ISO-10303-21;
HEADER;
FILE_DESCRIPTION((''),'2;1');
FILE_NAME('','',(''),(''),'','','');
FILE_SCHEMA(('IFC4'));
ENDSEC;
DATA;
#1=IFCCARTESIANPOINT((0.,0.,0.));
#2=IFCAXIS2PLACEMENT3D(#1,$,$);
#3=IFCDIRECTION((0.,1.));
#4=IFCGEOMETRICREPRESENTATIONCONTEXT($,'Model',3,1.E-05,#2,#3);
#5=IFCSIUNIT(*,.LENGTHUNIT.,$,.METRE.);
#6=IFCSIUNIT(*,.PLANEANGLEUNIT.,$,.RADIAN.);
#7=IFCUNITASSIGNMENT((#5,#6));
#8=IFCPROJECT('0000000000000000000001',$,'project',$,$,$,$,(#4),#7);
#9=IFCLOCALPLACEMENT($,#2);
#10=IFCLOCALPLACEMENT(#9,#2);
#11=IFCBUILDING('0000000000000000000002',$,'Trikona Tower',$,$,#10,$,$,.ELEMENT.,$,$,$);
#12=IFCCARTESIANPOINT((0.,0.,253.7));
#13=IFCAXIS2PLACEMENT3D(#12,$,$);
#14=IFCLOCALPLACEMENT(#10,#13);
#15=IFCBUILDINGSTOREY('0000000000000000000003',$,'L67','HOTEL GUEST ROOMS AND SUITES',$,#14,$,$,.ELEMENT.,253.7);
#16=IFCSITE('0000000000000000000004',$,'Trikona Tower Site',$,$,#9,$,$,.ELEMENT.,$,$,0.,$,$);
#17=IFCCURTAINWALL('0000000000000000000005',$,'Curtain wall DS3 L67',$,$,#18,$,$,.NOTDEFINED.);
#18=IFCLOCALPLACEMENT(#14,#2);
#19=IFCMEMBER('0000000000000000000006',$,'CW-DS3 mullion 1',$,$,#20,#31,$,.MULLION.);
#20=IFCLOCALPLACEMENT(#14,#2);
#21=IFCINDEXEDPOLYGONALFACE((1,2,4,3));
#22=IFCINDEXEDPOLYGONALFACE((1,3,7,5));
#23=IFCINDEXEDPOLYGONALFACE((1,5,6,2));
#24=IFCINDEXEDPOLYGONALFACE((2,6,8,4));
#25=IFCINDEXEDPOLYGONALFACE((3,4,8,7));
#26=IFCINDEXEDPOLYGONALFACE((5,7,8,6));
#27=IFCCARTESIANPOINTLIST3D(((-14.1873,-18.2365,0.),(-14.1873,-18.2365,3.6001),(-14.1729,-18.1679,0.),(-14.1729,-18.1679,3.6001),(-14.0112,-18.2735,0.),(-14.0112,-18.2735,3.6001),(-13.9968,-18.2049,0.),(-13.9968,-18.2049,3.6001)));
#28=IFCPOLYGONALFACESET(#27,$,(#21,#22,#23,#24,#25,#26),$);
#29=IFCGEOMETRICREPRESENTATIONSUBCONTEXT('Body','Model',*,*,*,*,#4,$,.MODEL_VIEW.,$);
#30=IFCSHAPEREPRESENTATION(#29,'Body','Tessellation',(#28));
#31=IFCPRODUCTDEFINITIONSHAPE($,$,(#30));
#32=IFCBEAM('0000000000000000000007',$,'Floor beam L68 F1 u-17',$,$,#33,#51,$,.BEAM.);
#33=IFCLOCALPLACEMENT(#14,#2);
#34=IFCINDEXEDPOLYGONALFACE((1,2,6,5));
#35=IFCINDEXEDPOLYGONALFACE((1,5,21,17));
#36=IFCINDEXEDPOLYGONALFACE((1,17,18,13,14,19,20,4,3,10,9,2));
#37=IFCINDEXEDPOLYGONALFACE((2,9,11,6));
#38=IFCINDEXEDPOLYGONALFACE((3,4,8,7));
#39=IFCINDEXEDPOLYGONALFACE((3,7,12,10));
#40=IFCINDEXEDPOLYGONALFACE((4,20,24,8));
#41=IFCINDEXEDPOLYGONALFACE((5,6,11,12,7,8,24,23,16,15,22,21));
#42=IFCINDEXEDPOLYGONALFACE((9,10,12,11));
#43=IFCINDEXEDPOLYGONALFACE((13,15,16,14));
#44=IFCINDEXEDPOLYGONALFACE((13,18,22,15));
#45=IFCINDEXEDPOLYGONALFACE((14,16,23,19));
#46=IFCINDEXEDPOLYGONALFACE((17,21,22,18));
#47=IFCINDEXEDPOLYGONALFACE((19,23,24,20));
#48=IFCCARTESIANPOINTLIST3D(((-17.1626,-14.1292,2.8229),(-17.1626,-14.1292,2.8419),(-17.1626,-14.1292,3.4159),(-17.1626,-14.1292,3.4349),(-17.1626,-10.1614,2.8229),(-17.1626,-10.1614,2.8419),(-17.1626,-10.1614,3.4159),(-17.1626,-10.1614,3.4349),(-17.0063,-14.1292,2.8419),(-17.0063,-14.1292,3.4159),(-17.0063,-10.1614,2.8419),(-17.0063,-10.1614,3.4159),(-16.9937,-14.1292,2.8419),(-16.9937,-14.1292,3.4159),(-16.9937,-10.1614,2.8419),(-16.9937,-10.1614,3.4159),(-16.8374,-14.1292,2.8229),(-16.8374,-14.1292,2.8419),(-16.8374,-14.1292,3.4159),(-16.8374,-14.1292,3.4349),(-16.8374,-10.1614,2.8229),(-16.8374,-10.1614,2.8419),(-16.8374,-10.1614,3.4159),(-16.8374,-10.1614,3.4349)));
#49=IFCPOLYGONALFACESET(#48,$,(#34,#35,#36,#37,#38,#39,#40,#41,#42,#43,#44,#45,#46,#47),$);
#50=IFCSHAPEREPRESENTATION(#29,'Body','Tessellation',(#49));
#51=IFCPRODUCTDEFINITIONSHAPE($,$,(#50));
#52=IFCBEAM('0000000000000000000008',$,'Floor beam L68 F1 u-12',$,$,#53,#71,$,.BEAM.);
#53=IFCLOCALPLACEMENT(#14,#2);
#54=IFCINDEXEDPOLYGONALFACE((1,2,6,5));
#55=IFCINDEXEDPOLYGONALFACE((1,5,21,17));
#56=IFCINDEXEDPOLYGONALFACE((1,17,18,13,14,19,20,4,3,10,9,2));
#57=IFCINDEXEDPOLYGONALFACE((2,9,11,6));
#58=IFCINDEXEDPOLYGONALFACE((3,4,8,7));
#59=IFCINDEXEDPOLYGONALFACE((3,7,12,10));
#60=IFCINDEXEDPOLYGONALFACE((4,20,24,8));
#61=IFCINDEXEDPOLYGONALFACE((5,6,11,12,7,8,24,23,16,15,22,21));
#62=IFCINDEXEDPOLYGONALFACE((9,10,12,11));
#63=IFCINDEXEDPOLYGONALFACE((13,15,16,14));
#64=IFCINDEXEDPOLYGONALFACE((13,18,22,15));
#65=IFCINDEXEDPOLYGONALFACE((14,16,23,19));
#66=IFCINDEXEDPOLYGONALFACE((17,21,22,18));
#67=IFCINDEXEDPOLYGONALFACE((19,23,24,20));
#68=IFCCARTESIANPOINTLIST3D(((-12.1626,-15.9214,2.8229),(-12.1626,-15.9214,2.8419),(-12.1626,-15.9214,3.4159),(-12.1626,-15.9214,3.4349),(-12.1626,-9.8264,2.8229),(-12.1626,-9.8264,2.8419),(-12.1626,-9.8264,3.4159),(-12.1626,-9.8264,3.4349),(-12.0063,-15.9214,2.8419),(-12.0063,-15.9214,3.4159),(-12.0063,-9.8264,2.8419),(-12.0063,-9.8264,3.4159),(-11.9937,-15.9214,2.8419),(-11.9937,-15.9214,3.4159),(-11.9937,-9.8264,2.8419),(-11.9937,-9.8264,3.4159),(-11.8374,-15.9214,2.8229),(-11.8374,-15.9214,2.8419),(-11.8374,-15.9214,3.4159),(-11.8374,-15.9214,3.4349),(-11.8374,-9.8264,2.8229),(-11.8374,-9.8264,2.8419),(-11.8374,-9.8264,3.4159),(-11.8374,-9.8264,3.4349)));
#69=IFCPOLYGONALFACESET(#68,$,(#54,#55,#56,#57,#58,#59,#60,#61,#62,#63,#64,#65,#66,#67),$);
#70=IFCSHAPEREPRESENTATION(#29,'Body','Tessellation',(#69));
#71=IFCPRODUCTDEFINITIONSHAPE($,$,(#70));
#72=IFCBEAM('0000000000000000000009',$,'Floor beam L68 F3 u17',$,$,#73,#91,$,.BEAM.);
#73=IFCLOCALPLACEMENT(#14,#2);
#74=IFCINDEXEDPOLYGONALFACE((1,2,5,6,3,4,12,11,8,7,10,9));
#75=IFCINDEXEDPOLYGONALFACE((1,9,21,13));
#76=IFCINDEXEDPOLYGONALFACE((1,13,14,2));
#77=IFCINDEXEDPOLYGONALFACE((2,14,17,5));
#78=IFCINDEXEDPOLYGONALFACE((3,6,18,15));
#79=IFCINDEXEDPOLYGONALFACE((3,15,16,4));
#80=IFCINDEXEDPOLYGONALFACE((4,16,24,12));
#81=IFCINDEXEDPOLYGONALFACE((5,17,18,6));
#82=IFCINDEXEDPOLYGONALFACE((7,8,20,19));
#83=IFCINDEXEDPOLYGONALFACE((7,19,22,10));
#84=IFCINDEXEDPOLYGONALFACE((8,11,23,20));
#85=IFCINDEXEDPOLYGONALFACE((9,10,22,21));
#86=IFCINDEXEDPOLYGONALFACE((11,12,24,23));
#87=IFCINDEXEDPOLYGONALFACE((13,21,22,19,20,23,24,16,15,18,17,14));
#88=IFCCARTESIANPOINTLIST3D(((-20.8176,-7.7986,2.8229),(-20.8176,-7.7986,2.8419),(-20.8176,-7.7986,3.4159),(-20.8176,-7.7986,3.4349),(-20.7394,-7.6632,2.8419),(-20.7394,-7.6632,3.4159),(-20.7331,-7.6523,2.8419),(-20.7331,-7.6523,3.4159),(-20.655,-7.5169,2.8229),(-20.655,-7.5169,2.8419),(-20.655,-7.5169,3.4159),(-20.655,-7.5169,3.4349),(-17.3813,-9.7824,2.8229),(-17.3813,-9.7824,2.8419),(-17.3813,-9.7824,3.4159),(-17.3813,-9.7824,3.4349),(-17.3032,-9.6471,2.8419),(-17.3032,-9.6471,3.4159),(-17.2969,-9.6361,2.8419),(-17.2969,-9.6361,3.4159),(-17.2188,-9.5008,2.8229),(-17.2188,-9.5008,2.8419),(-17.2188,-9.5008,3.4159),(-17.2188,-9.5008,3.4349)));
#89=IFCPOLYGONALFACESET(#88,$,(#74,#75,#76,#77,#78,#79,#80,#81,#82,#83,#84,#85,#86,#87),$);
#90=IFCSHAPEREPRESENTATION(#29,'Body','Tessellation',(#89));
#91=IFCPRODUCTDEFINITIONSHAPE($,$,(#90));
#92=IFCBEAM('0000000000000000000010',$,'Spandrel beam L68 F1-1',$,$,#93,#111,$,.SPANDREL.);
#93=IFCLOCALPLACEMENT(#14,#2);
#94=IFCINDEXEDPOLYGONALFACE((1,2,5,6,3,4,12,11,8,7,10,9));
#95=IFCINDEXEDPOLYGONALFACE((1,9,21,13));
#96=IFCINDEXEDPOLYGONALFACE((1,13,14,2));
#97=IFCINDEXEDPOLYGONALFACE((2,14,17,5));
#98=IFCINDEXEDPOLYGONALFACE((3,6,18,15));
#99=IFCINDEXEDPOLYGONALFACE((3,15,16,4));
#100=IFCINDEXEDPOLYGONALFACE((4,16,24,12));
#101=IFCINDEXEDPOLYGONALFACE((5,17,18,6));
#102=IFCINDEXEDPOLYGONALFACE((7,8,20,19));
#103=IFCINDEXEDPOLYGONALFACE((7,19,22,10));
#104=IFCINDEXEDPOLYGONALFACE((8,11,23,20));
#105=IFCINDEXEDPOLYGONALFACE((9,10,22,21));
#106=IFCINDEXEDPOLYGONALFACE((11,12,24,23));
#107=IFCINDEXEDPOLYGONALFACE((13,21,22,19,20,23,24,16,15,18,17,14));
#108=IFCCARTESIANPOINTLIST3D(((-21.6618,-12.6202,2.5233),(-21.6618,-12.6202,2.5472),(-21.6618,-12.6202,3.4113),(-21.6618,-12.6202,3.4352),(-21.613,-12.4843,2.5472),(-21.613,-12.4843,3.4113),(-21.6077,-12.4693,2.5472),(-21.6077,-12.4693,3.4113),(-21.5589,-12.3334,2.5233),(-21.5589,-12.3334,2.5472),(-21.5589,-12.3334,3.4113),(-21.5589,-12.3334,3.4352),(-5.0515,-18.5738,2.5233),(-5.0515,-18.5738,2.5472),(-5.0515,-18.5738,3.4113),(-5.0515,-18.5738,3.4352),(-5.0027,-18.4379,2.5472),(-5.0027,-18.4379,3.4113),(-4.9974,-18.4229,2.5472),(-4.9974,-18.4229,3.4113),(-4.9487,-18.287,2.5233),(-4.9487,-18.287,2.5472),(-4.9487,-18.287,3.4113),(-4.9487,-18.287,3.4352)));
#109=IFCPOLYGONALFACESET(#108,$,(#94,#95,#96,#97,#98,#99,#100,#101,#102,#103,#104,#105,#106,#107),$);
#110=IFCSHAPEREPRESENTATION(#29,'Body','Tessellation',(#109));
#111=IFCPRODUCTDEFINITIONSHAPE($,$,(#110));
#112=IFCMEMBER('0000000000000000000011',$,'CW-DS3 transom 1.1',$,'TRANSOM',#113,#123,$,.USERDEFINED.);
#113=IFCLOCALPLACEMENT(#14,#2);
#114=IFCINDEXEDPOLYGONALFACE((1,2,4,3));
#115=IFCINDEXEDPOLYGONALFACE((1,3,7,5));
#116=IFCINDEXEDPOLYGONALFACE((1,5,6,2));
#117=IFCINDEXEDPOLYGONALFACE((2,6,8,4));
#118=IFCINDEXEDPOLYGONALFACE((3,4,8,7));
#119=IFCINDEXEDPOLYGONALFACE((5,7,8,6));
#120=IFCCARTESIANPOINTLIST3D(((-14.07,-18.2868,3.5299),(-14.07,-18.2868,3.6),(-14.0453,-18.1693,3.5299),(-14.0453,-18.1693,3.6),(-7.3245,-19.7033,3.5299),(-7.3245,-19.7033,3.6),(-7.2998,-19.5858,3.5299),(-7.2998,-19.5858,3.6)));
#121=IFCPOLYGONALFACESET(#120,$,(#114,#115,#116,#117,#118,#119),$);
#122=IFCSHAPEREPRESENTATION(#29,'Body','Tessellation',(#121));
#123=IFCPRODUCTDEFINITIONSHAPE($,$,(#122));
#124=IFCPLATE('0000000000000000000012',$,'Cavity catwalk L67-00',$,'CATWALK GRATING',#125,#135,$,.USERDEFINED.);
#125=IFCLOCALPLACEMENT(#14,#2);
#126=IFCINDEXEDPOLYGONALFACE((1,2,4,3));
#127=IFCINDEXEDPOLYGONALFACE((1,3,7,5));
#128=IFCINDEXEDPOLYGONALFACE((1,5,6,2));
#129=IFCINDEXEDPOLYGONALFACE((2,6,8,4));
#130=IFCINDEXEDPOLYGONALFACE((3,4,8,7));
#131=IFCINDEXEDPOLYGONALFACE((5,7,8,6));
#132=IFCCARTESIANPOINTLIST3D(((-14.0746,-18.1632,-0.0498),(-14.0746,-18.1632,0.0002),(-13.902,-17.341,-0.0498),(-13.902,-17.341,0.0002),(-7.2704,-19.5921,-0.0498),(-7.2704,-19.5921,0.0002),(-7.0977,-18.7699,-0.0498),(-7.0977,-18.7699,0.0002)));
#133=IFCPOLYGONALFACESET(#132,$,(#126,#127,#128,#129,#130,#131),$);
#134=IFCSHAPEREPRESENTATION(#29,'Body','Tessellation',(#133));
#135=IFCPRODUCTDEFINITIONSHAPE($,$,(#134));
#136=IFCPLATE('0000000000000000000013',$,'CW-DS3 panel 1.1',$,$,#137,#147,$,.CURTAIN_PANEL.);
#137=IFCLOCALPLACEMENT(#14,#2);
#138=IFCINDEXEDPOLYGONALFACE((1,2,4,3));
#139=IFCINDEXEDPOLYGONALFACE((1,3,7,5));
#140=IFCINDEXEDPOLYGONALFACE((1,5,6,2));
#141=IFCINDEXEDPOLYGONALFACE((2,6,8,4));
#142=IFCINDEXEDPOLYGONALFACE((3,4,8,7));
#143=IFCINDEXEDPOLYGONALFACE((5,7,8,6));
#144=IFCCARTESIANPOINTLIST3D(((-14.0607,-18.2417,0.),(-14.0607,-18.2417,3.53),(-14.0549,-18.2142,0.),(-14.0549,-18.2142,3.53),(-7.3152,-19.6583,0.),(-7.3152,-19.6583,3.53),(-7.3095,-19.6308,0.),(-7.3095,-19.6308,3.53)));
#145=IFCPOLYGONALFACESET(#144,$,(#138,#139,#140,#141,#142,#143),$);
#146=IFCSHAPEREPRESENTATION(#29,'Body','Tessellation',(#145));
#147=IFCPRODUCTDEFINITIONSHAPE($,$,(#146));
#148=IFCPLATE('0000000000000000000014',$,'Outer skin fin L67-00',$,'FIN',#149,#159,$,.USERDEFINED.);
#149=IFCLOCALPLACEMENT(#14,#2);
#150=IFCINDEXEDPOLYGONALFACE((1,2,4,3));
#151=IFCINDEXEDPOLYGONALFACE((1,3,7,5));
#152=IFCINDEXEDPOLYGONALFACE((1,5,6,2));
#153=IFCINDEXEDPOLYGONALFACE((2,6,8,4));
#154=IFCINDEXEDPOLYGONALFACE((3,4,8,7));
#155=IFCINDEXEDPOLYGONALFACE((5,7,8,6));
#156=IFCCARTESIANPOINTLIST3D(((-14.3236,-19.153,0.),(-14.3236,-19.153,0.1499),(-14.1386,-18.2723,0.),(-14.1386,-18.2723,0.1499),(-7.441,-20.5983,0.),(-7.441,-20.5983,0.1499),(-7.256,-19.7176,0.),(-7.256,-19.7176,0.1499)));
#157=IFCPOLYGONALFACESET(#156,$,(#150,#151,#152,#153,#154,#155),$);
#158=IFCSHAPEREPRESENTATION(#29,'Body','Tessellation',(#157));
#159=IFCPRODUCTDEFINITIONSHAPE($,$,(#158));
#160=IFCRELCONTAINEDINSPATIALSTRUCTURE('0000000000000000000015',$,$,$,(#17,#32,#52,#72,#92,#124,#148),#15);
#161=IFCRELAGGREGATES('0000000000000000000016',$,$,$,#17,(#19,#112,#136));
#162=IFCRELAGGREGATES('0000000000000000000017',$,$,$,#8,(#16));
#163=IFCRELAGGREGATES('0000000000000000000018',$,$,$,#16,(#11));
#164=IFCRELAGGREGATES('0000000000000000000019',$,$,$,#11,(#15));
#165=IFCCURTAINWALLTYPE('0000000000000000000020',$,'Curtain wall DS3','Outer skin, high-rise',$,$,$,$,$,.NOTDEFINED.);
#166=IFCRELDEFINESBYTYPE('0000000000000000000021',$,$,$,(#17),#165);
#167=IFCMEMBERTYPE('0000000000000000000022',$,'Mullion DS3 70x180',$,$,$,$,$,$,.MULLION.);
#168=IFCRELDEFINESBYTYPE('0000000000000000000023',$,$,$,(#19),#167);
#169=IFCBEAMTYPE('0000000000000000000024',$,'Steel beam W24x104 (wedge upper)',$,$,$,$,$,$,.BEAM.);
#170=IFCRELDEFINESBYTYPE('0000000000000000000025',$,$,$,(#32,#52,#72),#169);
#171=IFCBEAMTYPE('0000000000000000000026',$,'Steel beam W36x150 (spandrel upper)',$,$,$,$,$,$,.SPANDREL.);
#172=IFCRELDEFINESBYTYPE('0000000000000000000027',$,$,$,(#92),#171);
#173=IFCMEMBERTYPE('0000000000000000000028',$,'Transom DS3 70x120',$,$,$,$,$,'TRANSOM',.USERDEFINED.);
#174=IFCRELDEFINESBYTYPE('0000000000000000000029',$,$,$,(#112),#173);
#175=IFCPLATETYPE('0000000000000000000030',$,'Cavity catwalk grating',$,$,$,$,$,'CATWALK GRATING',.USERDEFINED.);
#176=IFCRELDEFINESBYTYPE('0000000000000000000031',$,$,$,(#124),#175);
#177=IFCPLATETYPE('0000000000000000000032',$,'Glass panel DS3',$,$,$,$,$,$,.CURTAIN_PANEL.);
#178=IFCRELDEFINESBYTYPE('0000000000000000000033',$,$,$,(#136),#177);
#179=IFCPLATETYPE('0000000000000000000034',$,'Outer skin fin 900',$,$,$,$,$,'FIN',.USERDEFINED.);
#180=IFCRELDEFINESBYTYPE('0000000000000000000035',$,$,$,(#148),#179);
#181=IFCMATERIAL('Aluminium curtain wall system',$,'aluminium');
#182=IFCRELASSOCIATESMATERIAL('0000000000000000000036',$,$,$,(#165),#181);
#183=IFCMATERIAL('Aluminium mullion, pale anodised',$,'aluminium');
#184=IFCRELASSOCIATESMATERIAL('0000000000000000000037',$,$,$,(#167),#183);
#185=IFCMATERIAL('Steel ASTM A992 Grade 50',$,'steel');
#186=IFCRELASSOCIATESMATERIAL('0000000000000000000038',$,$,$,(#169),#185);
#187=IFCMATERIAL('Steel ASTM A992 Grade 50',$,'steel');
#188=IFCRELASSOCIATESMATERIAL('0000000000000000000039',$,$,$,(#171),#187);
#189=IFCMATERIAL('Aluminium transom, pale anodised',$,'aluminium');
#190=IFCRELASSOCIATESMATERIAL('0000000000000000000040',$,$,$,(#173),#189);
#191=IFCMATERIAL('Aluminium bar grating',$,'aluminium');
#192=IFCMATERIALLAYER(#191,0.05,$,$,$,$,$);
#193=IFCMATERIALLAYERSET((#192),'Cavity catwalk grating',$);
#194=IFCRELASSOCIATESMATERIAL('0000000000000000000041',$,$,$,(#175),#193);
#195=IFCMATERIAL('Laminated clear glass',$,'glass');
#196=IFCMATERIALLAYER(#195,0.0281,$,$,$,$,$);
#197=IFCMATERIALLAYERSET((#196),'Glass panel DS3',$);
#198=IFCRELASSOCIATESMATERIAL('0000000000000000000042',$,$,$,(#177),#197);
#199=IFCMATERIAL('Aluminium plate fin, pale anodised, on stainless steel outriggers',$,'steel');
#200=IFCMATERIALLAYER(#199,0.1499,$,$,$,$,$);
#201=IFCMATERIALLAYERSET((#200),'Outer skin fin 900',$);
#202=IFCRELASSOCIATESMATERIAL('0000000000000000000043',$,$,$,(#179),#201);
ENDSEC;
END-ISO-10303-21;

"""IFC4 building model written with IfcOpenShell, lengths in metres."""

from ifc_helpers import new_model, si_unit, direction, frame, origin, origin_2d, place, context, subcontext, project, spatial, rectangle, i_section, extrude, material, layer, layer_set, material_profile, profile_set, type_object, element, aggregate, save


model = new_model("IFC4")

# Units and contexts
model_context = context("Model", 3, precision=1e-05, world=origin(), true_north=direction((0.0, 1.0)))
body_context = subcontext(model_context, "Body", "Model", "MODEL_VIEW")
ifc_project = project(units=[si_unit("LENGTHUNIT", "METRE"), si_unit("PLANEANGLEUNIT", "RADIAN")], contexts=[model_context])

# Site, building, storey
site_placement = place(None, origin())
site = spatial("IfcSite", under=ifc_project, at=site_placement, Name="Trikona Tower Site", CompositionType="ELEMENT", RefElevation=0.0)
building_placement = place(site_placement, origin())
building = spatial("IfcBuilding", under=site, at=building_placement, Name="Trikona Tower", CompositionType="ELEMENT")
storey_placement = place(building_placement, frame((0.0, 0.0, 253.7)))
storey = spatial("IfcBuildingStorey", under=building, at=storey_placement, Name="L67", Description="HOTEL GUEST ROOMS AND SUITES", CompositionType="ELEMENT", Elevation=253.7)

# Curtain wall, member
ifc_material_1 = material(Name="Aluminium curtain wall system", Category="aluminium")
curtain_wall_type = type_object("IfcCurtainWallType", Name="Curtain wall DS3", Description="Outer skin, high-rise", PredefinedType="NOTDEFINED", material=ifc_material_1)
curtain_wall_placement = place(storey_placement, origin())
curtain_wall = element("IfcCurtainWall", 1, at=curtain_wall_placement, inside=storey, type_object=curtain_wall_type, Name="Curtain wall DS3 L67", PredefinedType="NOTDEFINED")
ifc_material_2 = material(Name="Aluminium mullion, pale anodised", Category="aluminium")
ifc_material_profile_1 = material_profile(ifc_material_2, rectangle(XDim=0.0701, YDim=0.1799, at=origin_2d()), Name="MUL-DS3")
ifc_profile_set_1 = profile_set([ifc_material_profile_1], Name="Aluminium mullion, pale anodised")
member_type_1 = type_object("IfcMemberType", Name="Mullion DS3 70x180", PredefinedType="MULLION", material=ifc_profile_set_1)
member_1_placement = place(storey_placement, frame((-14.092, -18.2207, 0.0), z_axis=(0.0, 0.0, 1.0), x_axis=(0.205527, 0.978651, 0.0)))
member_1 = element("IfcMember", 2, at=member_1_placement, type_object=member_type_1, Name="CW-DS3 mullion 1", PredefinedType="MULLION", context=body_context, shape_type="SweptSolid", body=[
    extrude(rectangle(XDim=0.0701, YDim=0.1799, at=origin_2d()), origin(), (0.0, 0.0, 1.0), 3.6001),
])

# Beams
ifc_material_3 = material(Name="Steel ASTM A992 Grade 50", Category="steel")
ifc_material_profile_2 = material_profile(ifc_material_3, i_section(OverallWidth=0.3252, OverallDepth=0.6121, WebThickness=0.0127, FlangeThickness=0.019, at=origin_2d()), Name="W24X104")
ifc_profile_set_2 = profile_set([ifc_material_profile_2], Name="Steel ASTM A992 Grade 50")
beam_type_1 = type_object("IfcBeamType", Name="Steel beam W24x104 (wedge upper)", PredefinedType="BEAM", material=ifc_profile_set_2)
beam_1_placement = place(storey_placement, frame((-17.0, -10.1614, 3.1289), z_axis=(0.0, -1.0, 0.0), x_axis=(1.0, 0.0, 0.0)))
element("IfcBeam", 3, at=beam_1_placement, inside=storey, type_object=beam_type_1, Name="Floor beam L68 F1 u-17", PredefinedType="BEAM", context=body_context, shape_type="SweptSolid", body=[
    extrude(i_section(OverallWidth=0.3252, OverallDepth=0.6121, WebThickness=0.0127, FlangeThickness=0.019, at=origin_2d()), origin(), (0.0, 0.0, 1.0), 3.9678),
])
beam_2_placement = place(storey_placement, frame((-12.0, -9.8264, 3.1289), z_axis=(0.0, -1.0, 0.0), x_axis=(1.0, 0.0, 0.0)))
element("IfcBeam", 4, at=beam_2_placement, inside=storey, type_object=beam_type_1, Name="Floor beam L68 F1 u-12", PredefinedType="BEAM", context=body_context, shape_type="SweptSolid", body=[
    extrude(i_section(OverallWidth=0.3252, OverallDepth=0.6121, WebThickness=0.0127, FlangeThickness=0.019, at=origin_2d()), origin(), (0.0, 0.0, 1.0), 6.095),
])
beam_3_placement = place(storey_placement, frame((-17.3, -9.6416, 3.1289), z_axis=(-0.866031, 0.499991, 0.0), x_axis=(-0.499991, -0.866031, 0.0)))
element("IfcBeam", 5, at=beam_3_placement, inside=storey, type_object=beam_type_1, Name="Floor beam L68 F3 u17", PredefinedType="BEAM", context=body_context, shape_type="SweptSolid", body=[
    extrude(i_section(OverallWidth=0.3252, OverallDepth=0.6121, WebThickness=0.0127, FlangeThickness=0.019, at=origin_2d()), origin(), (0.0, 0.0, 1.0), 3.9678),
])
ifc_material_4 = material(Name="Steel ASTM A992 Grade 50", Category="steel")
ifc_material_profile_3 = material_profile(ifc_material_4, i_section(OverallWidth=0.3047, OverallDepth=0.9119, WebThickness=0.0159, FlangeThickness=0.0239, at=origin_2d()), Name="W36X150")
ifc_profile_set_3 = profile_set([ifc_material_profile_3], Name="Steel ASTM A992 Grade 50")
beam_type_2 = type_object("IfcBeamType", Name="Steel beam W36x150 (spandrel upper)", PredefinedType="SPANDREL", material=ifc_profile_set_3)
beam_4_placement = place(storey_placement, frame((-21.6104, -12.4768, 2.9792), z_axis=(0.941358, -0.337409, 0.0), x_axis=(0.337409, 0.941358, 0.0)))
element("IfcBeam", 6, at=beam_4_placement, inside=storey, type_object=beam_type_2, Name="Spandrel beam L68 F1-1", PredefinedType="SPANDREL", context=body_context, shape_type="SweptSolid", body=[
    extrude(i_section(OverallWidth=0.3047, OverallDepth=0.9119, WebThickness=0.0159, FlangeThickness=0.0239, at=origin_2d()), origin(), (0.0, 0.0, 1.0), 17.645),
])

# Member
ifc_material_5 = material(Name="Aluminium transom, pale anodised", Category="aluminium")
ifc_material_profile_4 = material_profile(ifc_material_5, rectangle(XDim=0.1201, YDim=0.0701, at=origin_2d()), Name="TRN-DS3")
ifc_profile_set_4 = profile_set([ifc_material_profile_4], Name="Aluminium transom, pale anodised")
member_type_2 = type_object("IfcMemberType", Name="Transom DS3 70x120", ElementType="TRANSOM", PredefinedType="USERDEFINED", material=ifc_profile_set_4)
member_2_placement = place(storey_placement, frame((-14.0576, -18.228, 3.5649), z_axis=(0.978654, -0.205514, 0.0), x_axis=(0.205514, 0.978654, 0.0)))
member_2 = element("IfcMember", 7, at=member_2_placement, type_object=member_type_2, Name="CW-DS3 transom 1.1", ObjectType="TRANSOM", PredefinedType="USERDEFINED", context=body_context, shape_type="SweptSolid", body=[
    extrude(rectangle(XDim=0.1201, YDim=0.0701, at=origin_2d()), origin(), (0.0, 0.0, 1.0), 6.8926),
])

# Plates
ifc_material_6 = material(Name="Aluminium bar grating", Category="aluminium")
ifc_layer_1 = layer(ifc_material_6, 0.05)
ifc_layer_set_1 = layer_set([ifc_layer_1], Name="Cavity catwalk grating")
plate_type_1 = type_object("IfcPlateType", Name="Cavity catwalk grating", ElementType="CATWALK GRATING", PredefinedType="USERDEFINED", material=ifc_layer_set_1)
plate_1_placement = place(storey_placement, frame((-10.5862, -18.4666, -0.0498), z_axis=(0.0, 0.0, 1.0), x_axis=(0.978653, -0.205518, 0.0)))
element("IfcPlate", 8, at=plate_1_placement, inside=storey, type_object=plate_type_1, Name="Cavity catwalk L67-00", ObjectType="CATWALK GRATING", PredefinedType="USERDEFINED", context=body_context, shape_type="SweptSolid", body=[
    extrude(rectangle(XDim=6.9526, YDim=0.8401, at=origin_2d()), origin(), (0.0, 0.0, 1.0), 0.05),
])
ifc_material_7 = material(Name="Laminated clear glass", Category="glass")
ifc_layer_2 = layer(ifc_material_7, 0.0281)
ifc_layer_set_2 = layer_set([ifc_layer_2], Name="Glass panel DS3")
plate_type_2 = type_object("IfcPlateType", Name="Glass panel DS3", PredefinedType="CURTAIN_PANEL", material=ifc_layer_set_2)
plate_2_placement = place(storey_placement, frame((-10.6851, -18.9363, 0.0), z_axis=(0.0, 0.0, 1.0), x_axis=(0.978651, -0.205527, 0.0)))
plate_2 = element("IfcPlate", 9, at=plate_2_placement, type_object=plate_type_2, Name="CW-DS3 panel 1.1", PredefinedType="CURTAIN_PANEL", context=body_context, shape_type="SweptSolid", body=[
    extrude(rectangle(XDim=6.8926, YDim=0.0281, at=origin_2d()), origin(), (0.0, 0.0, 1.0), 3.53),
])
aggregate(curtain_wall, [member_1, member_2, plate_2])
ifc_material_8 = material(Name="Aluminium plate fin, pale anodised, on stainless steel outriggers", Category="steel")
ifc_layer_3 = layer(ifc_material_8, 0.1499)
ifc_layer_set_3 = layer_set([ifc_layer_3], Name="Outer skin fin 900")
plate_type_3 = type_object("IfcPlateType", Name="Outer skin fin 900", ElementType="FIN", PredefinedType="USERDEFINED", material=ifc_layer_set_3)
plate_3_placement = place(storey_placement, frame((-10.7898, -19.4353, 0.0), z_axis=(0.0, 0.0, 1.0), x_axis=(0.978653, -0.205518, 0.0)))
element("IfcPlate", 10, at=plate_3_placement, inside=storey, type_object=plate_type_3, Name="Outer skin fin L67-00", ObjectType="FIN", PredefinedType="USERDEFINED", context=body_context, shape_type="SweptSolid", body=[
    extrude(rectangle(XDim=7.0327, YDim=0.8999, at=origin_2d()), origin(), (0.0, 0.0, 1.0), 0.1499),
])

save(model, "model.ifc")
